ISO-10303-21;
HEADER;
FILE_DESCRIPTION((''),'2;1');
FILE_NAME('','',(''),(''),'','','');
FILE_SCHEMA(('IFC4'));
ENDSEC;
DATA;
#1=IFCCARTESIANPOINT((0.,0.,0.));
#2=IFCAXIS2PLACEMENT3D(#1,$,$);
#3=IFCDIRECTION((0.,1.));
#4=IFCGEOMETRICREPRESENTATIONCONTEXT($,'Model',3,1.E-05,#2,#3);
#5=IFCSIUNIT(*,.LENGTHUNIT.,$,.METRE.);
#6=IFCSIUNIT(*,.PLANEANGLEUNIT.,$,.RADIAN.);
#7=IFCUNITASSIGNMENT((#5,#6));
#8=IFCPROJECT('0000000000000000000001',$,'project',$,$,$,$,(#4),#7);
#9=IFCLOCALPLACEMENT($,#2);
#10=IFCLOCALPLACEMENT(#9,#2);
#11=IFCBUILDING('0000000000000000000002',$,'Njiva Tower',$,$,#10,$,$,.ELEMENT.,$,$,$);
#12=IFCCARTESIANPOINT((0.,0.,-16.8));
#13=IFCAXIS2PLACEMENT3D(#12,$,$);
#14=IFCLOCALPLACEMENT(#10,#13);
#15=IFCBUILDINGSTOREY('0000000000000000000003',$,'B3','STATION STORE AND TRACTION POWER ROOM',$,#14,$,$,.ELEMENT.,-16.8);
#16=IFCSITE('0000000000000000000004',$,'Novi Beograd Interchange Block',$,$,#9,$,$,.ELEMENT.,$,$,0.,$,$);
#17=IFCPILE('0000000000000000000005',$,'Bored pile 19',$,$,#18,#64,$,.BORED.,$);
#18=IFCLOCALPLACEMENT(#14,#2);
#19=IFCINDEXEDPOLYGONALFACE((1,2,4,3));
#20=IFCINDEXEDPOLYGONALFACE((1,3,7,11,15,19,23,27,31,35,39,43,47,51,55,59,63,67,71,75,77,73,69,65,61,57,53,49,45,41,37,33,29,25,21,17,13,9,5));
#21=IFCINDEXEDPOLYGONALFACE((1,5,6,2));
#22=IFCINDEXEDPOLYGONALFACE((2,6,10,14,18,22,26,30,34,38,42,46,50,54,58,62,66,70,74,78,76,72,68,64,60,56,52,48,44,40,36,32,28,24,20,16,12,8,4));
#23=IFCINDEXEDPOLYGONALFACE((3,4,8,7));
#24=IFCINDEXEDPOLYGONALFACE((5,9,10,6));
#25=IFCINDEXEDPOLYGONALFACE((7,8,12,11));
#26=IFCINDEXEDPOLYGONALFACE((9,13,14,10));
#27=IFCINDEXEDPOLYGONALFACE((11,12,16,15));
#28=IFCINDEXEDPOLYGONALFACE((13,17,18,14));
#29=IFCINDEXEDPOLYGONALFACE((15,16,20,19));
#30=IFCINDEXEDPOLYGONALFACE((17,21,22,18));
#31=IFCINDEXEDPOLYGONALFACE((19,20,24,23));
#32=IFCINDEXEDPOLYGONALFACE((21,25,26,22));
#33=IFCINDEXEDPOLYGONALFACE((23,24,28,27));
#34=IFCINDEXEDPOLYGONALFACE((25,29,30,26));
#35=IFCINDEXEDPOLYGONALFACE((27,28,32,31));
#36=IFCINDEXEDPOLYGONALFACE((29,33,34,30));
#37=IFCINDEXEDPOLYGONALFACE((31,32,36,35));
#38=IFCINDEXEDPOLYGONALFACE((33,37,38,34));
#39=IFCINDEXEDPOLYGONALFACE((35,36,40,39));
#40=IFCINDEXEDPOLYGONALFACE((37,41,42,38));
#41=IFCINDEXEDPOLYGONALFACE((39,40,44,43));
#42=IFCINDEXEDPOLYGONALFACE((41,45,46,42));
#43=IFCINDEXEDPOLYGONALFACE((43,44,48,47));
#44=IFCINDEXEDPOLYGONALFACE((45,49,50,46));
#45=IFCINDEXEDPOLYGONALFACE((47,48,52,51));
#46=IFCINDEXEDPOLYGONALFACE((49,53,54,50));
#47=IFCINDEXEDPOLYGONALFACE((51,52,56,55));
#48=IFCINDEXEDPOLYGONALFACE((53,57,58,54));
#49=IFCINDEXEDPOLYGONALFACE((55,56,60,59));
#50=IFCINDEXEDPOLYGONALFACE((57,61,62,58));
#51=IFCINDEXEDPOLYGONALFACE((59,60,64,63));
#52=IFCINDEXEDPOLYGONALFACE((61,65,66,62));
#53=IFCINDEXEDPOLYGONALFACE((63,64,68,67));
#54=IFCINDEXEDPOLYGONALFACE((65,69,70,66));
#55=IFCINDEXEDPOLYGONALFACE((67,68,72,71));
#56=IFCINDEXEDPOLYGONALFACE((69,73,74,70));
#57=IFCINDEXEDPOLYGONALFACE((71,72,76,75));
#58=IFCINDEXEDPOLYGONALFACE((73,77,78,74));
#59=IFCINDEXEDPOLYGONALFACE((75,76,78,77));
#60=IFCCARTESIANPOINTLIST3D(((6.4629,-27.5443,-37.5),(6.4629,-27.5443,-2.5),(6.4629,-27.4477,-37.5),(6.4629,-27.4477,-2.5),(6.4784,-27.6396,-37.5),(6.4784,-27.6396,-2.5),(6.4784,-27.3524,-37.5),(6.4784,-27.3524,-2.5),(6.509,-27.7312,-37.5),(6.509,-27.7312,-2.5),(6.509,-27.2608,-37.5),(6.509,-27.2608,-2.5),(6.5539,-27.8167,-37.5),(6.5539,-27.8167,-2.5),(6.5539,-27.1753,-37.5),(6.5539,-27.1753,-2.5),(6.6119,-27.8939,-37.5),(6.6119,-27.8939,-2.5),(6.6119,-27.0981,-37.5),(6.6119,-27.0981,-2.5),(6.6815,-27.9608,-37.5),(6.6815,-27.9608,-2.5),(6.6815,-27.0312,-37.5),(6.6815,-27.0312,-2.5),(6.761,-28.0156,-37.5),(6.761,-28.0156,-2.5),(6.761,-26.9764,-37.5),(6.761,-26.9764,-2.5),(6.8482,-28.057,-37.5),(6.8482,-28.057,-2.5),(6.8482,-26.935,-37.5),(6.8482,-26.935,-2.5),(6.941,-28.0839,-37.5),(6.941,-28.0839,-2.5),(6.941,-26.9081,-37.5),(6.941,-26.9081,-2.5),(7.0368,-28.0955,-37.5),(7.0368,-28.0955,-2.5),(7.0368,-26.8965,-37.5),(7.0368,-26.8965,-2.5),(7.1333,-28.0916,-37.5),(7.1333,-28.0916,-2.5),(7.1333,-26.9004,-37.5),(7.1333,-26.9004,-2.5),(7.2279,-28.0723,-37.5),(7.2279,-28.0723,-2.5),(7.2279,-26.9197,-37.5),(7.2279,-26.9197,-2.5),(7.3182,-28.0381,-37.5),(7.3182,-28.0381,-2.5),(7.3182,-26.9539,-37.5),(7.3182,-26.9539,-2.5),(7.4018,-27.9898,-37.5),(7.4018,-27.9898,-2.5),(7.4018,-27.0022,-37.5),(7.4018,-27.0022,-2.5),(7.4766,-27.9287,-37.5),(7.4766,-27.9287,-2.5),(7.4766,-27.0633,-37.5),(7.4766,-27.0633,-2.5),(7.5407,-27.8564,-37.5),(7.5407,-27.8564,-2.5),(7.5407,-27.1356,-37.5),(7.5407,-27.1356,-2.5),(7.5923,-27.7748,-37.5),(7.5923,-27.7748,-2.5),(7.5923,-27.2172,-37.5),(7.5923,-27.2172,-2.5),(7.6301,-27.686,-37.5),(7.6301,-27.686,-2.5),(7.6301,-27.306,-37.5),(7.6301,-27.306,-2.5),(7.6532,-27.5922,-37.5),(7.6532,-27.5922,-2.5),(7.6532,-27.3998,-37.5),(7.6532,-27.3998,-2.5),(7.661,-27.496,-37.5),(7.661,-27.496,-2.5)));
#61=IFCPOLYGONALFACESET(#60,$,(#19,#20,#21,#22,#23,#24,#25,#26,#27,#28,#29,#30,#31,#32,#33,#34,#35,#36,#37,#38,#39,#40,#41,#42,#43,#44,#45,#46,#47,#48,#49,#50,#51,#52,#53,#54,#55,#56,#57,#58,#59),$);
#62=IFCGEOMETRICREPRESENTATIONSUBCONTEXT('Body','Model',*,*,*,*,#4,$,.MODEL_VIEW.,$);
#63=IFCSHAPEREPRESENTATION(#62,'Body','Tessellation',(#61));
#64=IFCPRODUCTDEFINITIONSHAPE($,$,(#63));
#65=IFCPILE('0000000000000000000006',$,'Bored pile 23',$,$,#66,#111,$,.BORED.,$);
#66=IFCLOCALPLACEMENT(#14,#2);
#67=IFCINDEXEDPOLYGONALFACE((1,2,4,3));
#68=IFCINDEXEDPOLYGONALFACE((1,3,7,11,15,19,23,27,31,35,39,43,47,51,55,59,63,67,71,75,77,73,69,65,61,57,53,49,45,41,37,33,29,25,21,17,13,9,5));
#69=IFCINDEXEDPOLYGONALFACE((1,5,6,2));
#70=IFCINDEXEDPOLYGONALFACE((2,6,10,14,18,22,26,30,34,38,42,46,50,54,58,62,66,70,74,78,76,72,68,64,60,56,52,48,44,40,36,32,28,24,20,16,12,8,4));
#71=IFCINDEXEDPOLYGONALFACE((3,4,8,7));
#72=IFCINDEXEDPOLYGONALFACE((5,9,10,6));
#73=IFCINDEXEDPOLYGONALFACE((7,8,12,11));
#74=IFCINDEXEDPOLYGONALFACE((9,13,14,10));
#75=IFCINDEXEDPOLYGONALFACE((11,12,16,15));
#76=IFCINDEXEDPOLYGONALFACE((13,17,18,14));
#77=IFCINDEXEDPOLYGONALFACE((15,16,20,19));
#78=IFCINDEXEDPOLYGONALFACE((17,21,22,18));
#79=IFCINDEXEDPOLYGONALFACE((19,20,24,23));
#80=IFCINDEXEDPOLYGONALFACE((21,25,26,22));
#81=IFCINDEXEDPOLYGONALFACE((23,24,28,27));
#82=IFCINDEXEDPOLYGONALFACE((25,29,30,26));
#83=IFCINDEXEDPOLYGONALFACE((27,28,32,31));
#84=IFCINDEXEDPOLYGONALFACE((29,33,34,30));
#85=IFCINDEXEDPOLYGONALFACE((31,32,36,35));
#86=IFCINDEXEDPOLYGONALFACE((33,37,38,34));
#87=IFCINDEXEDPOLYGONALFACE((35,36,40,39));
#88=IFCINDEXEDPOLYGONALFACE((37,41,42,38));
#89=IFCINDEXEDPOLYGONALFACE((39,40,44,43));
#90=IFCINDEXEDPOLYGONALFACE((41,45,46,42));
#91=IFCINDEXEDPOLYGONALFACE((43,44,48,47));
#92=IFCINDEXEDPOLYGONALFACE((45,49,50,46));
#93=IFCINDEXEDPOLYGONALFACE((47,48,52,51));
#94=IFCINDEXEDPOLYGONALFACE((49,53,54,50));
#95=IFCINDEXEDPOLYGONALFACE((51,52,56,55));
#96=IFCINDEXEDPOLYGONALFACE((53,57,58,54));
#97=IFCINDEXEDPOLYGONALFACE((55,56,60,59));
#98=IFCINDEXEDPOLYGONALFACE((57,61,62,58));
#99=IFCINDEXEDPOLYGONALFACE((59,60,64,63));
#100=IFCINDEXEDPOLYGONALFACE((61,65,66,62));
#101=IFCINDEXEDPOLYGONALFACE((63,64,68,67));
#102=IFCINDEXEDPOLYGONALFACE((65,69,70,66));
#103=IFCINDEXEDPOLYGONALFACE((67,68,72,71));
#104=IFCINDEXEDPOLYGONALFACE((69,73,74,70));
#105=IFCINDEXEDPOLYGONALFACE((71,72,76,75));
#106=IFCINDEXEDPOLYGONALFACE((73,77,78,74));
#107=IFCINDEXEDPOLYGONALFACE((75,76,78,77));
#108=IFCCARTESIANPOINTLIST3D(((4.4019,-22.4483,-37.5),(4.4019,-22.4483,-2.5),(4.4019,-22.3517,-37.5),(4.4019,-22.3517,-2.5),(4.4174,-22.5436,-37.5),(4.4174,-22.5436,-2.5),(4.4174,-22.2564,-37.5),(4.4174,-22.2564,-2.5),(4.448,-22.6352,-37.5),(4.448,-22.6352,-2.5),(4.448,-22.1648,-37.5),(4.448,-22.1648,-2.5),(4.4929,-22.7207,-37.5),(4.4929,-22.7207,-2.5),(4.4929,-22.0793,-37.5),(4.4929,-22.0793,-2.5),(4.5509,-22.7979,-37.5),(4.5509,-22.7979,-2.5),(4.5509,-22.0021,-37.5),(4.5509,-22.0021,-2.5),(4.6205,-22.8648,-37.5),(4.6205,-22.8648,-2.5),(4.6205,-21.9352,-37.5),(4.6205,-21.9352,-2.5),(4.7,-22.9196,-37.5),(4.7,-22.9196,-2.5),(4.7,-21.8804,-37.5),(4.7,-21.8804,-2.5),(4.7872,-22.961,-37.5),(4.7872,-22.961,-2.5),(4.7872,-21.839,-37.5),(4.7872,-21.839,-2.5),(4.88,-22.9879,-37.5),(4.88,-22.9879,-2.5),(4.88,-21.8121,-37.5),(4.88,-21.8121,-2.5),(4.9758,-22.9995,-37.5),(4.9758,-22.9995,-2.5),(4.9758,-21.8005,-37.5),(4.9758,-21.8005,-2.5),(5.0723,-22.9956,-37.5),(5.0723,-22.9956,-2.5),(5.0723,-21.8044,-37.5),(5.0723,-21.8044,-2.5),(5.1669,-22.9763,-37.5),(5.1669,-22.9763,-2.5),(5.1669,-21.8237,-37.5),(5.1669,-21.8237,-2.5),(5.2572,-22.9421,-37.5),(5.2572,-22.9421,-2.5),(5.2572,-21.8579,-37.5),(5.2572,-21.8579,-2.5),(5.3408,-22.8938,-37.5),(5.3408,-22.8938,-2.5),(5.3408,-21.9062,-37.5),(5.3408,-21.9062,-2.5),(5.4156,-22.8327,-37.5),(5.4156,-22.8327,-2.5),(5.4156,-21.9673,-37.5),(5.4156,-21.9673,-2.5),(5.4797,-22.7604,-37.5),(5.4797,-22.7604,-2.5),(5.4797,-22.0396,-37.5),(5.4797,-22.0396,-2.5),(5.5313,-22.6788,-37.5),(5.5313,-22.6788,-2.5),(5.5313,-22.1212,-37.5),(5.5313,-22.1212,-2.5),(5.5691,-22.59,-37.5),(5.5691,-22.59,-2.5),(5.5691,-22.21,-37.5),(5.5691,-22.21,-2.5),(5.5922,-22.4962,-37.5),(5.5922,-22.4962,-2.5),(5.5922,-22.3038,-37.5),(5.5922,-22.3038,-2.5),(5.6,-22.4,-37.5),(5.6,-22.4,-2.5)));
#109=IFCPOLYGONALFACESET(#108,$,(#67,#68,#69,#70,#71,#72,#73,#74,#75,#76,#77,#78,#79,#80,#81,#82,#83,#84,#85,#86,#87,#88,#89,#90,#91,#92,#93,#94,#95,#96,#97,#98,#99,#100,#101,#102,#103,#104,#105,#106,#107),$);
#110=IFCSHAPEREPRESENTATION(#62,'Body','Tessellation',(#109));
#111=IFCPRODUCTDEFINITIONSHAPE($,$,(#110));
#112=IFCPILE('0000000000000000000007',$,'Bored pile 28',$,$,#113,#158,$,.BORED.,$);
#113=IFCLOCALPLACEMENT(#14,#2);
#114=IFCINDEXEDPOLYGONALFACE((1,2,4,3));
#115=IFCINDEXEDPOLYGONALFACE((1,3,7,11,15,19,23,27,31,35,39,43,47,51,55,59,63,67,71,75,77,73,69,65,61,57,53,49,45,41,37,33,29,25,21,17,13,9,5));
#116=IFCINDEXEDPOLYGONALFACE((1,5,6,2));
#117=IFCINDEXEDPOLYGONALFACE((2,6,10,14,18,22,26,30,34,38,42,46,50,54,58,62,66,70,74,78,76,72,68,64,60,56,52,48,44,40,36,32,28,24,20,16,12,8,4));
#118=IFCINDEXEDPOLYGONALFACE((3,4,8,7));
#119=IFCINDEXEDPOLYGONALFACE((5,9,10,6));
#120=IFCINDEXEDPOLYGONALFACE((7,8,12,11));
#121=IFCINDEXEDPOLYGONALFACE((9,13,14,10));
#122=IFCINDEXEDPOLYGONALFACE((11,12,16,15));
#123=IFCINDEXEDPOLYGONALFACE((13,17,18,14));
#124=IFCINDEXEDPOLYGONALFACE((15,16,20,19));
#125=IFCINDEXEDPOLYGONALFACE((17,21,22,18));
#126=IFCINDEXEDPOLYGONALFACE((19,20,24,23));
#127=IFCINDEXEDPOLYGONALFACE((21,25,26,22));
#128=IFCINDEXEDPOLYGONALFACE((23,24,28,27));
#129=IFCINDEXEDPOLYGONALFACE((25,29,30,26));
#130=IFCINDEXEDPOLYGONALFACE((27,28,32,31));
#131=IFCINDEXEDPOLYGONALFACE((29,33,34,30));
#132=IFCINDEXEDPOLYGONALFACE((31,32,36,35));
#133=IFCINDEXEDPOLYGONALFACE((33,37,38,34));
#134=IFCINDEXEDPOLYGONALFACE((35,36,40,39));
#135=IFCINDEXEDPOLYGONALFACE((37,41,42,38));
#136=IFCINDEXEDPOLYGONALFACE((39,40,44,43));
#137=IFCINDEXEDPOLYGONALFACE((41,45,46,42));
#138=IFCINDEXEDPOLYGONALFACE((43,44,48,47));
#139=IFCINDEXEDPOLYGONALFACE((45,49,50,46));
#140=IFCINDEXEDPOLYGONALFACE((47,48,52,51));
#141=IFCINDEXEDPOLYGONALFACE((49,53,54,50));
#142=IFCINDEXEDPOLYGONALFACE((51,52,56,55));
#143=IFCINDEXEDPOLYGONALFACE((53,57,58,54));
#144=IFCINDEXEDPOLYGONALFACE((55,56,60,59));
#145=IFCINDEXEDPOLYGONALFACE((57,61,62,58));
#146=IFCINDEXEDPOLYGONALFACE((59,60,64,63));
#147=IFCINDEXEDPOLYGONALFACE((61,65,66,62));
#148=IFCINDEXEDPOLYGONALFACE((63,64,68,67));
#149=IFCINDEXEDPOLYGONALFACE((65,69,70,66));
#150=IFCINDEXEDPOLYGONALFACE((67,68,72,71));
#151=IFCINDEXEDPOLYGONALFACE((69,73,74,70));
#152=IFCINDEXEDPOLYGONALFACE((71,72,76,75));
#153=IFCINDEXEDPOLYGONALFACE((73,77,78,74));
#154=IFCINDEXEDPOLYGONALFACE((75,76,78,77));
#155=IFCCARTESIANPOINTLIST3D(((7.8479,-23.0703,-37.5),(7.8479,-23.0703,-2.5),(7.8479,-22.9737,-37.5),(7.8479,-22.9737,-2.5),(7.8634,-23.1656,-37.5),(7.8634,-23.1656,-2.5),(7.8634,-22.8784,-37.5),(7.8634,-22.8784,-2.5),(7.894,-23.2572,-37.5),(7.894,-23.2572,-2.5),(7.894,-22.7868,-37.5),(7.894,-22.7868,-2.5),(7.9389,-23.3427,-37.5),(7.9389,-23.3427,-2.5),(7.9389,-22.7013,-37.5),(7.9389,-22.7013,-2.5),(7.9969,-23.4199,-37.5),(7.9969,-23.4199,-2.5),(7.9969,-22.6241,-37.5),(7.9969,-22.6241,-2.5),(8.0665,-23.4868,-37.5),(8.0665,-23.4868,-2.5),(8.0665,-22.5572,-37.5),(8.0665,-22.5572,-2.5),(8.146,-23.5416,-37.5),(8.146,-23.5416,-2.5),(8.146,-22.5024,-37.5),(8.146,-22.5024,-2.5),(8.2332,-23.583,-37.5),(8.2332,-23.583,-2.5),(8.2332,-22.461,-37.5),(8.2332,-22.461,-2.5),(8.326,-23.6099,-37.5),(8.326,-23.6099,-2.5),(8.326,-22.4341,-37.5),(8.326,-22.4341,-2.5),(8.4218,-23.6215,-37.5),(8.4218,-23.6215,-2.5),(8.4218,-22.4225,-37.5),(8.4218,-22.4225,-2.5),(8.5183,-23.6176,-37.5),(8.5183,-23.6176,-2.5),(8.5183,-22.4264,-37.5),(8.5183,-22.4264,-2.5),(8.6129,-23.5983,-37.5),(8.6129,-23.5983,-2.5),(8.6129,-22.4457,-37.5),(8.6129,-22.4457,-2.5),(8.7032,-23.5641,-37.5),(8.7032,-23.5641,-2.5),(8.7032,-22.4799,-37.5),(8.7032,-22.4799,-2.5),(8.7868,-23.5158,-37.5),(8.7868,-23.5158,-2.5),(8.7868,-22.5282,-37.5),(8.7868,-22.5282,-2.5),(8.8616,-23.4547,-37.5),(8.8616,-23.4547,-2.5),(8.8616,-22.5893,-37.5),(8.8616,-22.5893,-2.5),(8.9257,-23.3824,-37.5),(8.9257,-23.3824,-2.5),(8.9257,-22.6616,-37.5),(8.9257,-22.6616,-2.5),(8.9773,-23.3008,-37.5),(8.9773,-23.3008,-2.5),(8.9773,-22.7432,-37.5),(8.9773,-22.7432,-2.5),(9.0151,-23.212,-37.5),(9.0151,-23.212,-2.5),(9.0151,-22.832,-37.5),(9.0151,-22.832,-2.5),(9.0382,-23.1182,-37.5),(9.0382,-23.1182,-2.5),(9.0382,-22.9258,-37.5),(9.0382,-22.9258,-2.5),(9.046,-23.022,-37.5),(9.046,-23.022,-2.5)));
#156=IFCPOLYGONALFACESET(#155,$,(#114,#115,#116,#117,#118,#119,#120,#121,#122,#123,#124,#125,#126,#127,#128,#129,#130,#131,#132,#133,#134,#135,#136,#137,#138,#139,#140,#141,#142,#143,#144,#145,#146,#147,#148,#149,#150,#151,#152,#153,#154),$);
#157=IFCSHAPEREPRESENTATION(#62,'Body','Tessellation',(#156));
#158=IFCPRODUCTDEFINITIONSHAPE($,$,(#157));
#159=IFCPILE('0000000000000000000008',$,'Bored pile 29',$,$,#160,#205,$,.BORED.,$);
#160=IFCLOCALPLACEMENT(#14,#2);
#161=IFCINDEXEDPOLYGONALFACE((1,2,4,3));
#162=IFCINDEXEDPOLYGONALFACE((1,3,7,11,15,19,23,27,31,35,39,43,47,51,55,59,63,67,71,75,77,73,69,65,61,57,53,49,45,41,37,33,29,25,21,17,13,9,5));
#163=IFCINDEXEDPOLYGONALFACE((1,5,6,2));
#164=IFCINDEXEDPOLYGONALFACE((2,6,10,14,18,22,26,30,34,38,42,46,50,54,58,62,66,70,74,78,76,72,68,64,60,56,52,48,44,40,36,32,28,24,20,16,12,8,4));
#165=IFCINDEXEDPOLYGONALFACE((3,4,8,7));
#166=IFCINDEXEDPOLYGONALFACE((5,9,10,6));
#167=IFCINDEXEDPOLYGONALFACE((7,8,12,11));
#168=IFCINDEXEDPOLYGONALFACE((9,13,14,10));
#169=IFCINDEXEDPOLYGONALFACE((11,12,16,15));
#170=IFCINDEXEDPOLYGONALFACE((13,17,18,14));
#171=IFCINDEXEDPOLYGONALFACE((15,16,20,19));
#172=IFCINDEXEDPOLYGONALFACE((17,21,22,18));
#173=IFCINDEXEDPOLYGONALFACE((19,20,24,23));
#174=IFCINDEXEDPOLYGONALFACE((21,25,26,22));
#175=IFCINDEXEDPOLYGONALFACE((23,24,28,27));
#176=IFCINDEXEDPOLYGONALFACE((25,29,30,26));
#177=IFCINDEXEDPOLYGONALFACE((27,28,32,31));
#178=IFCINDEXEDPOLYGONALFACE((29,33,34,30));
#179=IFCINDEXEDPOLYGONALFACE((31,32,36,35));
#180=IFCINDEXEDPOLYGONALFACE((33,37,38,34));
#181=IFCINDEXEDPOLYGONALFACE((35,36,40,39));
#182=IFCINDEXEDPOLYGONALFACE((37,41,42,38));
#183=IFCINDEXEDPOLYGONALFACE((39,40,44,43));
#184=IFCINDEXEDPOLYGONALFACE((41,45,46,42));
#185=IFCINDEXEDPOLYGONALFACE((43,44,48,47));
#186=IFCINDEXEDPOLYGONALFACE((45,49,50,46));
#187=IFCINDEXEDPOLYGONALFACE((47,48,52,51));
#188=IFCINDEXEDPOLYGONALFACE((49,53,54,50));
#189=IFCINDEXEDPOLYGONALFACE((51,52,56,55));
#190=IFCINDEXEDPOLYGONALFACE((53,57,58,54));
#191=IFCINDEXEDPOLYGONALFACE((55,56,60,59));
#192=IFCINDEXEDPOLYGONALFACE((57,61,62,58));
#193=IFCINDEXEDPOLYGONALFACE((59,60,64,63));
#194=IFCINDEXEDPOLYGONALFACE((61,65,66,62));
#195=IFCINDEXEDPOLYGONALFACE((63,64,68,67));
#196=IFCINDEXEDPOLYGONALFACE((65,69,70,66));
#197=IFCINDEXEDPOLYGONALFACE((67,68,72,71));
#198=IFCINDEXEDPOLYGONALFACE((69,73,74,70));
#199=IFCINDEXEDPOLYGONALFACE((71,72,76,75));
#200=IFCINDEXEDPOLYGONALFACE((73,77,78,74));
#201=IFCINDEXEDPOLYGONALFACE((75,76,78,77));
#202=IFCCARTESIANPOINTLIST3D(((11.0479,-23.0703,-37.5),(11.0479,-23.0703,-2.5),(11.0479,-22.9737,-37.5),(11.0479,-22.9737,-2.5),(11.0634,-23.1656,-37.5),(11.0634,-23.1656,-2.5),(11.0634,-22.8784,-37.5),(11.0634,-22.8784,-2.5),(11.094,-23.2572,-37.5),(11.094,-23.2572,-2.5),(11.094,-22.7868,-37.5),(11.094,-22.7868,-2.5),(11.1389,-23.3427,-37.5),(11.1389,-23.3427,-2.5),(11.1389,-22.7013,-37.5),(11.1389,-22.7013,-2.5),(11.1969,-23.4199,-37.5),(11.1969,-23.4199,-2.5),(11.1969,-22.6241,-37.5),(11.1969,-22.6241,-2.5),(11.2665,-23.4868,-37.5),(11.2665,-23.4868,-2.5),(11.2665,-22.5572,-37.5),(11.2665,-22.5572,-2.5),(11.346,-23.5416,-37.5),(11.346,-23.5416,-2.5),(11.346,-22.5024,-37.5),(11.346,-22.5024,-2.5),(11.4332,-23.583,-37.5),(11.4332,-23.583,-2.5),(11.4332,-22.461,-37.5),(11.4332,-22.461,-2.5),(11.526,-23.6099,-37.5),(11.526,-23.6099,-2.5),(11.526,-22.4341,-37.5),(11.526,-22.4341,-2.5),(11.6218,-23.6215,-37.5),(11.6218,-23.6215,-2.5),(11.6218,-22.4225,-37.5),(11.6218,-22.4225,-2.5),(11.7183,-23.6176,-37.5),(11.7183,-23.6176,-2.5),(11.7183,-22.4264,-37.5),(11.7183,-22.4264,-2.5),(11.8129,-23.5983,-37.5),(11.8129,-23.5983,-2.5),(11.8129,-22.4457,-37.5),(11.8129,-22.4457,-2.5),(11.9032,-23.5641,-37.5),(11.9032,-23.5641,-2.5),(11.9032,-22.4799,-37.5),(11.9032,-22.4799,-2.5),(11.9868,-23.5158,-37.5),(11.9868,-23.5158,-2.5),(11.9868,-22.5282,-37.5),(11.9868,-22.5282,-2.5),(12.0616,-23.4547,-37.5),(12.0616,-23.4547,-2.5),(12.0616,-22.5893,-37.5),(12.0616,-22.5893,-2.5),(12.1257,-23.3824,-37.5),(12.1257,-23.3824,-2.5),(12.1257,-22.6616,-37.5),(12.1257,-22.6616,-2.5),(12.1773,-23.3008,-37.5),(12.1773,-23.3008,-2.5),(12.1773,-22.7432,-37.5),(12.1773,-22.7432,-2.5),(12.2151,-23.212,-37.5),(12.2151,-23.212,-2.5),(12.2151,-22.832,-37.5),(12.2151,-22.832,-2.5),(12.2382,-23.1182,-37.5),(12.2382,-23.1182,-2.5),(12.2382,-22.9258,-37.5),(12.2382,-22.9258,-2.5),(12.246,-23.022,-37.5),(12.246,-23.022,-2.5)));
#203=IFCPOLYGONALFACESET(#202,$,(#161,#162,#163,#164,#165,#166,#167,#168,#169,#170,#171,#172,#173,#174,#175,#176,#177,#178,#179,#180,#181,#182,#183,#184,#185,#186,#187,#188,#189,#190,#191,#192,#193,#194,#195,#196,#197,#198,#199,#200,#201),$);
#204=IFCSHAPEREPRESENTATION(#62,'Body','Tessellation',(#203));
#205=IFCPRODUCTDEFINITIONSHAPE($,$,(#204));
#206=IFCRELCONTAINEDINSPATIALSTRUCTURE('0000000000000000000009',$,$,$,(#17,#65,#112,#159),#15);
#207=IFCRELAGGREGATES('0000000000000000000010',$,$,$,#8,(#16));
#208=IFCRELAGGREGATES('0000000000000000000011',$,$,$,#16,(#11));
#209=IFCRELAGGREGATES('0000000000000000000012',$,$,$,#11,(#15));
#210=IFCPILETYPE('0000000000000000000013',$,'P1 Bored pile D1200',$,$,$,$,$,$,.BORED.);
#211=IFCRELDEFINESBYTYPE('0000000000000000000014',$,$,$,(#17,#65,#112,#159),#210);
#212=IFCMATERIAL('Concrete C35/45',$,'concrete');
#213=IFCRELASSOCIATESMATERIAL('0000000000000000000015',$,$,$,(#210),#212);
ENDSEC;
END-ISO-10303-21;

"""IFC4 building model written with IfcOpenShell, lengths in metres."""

from ifc_helpers import new_model, si_unit, direction, frame, origin, origin_2d, place, context, subcontext, project, spatial, circle, extrude, material, material_profile, profile_set, type_object, element, save


model = new_model("IFC4")

# Units and contexts
model_context = context("Model", 3, precision=1e-05, world=origin(), true_north=direction((0.0, 1.0)))
body_context = subcontext(model_context, "Body", "Model", "MODEL_VIEW")
ifc_project = project(units=[si_unit("LENGTHUNIT", "METRE"), si_unit("PLANEANGLEUNIT", "RADIAN")], contexts=[model_context])

# Site, building, storey
site_placement = place(None, origin())
site = spatial("IfcSite", under=ifc_project, at=site_placement, Name="Novi Beograd Interchange Block", CompositionType="ELEMENT", RefElevation=0.0)
building_placement = place(site_placement, origin())
building = spatial("IfcBuilding", under=site, at=building_placement, Name="Njiva Tower", CompositionType="ELEMENT")
storey_placement = place(building_placement, frame((0.0, 0.0, -16.8)))
storey = spatial("IfcBuildingStorey", under=building, at=storey_placement, Name="B3", Description="STATION STORE AND TRACTION POWER ROOM", CompositionType="ELEMENT", Elevation=-16.8)

# Piles
ifc_material_1 = material(Name="Concrete C35/45", Category="concrete")
ifc_material_profile_1 = material_profile(ifc_material_1, circle(Radius=0.6, at=origin_2d()), Name="D1200")
ifc_profile_set_1 = profile_set([ifc_material_profile_1], Name="Concrete C35/45")
pile_type = type_object("IfcPileType", Name="P1 Bored pile D1200", PredefinedType="BORED", material=ifc_profile_set_1)
for number, where, z_axis, x_axis, name in (
    (1, (7.061, -27.496, -2.5), (0.0, 0.0, -1.0), (1.0, 0.0, 0.0), "Bored pile 19"),
    (2, (5.0, -22.4, -2.5), (0.0, 0.0, -1.0), (1.0, 0.0, 0.0), "Bored pile 23"),
    (3, (8.446, -23.022, -2.5), (0.0, 0.0, -1.0), (1.0, 0.0, 0.0), "Bored pile 28"),
    (4, (11.646, -23.022, -2.5), (0.0, 0.0, -1.0), (1.0, 0.0, 0.0), "Bored pile 29"),
):
    element("IfcPile", number, at=place(storey_placement, frame(where, z_axis=z_axis, x_axis=x_axis)), inside=storey, type_object=pile_type, Name=name, PredefinedType="BORED", context=body_context, shape_type="SweptSolid", body=[
        extrude(circle(Radius=0.6, at=origin_2d()), origin(), (0.0, 0.0, 1.0), 35.0),
    ])

save(model, "model.ifc")
